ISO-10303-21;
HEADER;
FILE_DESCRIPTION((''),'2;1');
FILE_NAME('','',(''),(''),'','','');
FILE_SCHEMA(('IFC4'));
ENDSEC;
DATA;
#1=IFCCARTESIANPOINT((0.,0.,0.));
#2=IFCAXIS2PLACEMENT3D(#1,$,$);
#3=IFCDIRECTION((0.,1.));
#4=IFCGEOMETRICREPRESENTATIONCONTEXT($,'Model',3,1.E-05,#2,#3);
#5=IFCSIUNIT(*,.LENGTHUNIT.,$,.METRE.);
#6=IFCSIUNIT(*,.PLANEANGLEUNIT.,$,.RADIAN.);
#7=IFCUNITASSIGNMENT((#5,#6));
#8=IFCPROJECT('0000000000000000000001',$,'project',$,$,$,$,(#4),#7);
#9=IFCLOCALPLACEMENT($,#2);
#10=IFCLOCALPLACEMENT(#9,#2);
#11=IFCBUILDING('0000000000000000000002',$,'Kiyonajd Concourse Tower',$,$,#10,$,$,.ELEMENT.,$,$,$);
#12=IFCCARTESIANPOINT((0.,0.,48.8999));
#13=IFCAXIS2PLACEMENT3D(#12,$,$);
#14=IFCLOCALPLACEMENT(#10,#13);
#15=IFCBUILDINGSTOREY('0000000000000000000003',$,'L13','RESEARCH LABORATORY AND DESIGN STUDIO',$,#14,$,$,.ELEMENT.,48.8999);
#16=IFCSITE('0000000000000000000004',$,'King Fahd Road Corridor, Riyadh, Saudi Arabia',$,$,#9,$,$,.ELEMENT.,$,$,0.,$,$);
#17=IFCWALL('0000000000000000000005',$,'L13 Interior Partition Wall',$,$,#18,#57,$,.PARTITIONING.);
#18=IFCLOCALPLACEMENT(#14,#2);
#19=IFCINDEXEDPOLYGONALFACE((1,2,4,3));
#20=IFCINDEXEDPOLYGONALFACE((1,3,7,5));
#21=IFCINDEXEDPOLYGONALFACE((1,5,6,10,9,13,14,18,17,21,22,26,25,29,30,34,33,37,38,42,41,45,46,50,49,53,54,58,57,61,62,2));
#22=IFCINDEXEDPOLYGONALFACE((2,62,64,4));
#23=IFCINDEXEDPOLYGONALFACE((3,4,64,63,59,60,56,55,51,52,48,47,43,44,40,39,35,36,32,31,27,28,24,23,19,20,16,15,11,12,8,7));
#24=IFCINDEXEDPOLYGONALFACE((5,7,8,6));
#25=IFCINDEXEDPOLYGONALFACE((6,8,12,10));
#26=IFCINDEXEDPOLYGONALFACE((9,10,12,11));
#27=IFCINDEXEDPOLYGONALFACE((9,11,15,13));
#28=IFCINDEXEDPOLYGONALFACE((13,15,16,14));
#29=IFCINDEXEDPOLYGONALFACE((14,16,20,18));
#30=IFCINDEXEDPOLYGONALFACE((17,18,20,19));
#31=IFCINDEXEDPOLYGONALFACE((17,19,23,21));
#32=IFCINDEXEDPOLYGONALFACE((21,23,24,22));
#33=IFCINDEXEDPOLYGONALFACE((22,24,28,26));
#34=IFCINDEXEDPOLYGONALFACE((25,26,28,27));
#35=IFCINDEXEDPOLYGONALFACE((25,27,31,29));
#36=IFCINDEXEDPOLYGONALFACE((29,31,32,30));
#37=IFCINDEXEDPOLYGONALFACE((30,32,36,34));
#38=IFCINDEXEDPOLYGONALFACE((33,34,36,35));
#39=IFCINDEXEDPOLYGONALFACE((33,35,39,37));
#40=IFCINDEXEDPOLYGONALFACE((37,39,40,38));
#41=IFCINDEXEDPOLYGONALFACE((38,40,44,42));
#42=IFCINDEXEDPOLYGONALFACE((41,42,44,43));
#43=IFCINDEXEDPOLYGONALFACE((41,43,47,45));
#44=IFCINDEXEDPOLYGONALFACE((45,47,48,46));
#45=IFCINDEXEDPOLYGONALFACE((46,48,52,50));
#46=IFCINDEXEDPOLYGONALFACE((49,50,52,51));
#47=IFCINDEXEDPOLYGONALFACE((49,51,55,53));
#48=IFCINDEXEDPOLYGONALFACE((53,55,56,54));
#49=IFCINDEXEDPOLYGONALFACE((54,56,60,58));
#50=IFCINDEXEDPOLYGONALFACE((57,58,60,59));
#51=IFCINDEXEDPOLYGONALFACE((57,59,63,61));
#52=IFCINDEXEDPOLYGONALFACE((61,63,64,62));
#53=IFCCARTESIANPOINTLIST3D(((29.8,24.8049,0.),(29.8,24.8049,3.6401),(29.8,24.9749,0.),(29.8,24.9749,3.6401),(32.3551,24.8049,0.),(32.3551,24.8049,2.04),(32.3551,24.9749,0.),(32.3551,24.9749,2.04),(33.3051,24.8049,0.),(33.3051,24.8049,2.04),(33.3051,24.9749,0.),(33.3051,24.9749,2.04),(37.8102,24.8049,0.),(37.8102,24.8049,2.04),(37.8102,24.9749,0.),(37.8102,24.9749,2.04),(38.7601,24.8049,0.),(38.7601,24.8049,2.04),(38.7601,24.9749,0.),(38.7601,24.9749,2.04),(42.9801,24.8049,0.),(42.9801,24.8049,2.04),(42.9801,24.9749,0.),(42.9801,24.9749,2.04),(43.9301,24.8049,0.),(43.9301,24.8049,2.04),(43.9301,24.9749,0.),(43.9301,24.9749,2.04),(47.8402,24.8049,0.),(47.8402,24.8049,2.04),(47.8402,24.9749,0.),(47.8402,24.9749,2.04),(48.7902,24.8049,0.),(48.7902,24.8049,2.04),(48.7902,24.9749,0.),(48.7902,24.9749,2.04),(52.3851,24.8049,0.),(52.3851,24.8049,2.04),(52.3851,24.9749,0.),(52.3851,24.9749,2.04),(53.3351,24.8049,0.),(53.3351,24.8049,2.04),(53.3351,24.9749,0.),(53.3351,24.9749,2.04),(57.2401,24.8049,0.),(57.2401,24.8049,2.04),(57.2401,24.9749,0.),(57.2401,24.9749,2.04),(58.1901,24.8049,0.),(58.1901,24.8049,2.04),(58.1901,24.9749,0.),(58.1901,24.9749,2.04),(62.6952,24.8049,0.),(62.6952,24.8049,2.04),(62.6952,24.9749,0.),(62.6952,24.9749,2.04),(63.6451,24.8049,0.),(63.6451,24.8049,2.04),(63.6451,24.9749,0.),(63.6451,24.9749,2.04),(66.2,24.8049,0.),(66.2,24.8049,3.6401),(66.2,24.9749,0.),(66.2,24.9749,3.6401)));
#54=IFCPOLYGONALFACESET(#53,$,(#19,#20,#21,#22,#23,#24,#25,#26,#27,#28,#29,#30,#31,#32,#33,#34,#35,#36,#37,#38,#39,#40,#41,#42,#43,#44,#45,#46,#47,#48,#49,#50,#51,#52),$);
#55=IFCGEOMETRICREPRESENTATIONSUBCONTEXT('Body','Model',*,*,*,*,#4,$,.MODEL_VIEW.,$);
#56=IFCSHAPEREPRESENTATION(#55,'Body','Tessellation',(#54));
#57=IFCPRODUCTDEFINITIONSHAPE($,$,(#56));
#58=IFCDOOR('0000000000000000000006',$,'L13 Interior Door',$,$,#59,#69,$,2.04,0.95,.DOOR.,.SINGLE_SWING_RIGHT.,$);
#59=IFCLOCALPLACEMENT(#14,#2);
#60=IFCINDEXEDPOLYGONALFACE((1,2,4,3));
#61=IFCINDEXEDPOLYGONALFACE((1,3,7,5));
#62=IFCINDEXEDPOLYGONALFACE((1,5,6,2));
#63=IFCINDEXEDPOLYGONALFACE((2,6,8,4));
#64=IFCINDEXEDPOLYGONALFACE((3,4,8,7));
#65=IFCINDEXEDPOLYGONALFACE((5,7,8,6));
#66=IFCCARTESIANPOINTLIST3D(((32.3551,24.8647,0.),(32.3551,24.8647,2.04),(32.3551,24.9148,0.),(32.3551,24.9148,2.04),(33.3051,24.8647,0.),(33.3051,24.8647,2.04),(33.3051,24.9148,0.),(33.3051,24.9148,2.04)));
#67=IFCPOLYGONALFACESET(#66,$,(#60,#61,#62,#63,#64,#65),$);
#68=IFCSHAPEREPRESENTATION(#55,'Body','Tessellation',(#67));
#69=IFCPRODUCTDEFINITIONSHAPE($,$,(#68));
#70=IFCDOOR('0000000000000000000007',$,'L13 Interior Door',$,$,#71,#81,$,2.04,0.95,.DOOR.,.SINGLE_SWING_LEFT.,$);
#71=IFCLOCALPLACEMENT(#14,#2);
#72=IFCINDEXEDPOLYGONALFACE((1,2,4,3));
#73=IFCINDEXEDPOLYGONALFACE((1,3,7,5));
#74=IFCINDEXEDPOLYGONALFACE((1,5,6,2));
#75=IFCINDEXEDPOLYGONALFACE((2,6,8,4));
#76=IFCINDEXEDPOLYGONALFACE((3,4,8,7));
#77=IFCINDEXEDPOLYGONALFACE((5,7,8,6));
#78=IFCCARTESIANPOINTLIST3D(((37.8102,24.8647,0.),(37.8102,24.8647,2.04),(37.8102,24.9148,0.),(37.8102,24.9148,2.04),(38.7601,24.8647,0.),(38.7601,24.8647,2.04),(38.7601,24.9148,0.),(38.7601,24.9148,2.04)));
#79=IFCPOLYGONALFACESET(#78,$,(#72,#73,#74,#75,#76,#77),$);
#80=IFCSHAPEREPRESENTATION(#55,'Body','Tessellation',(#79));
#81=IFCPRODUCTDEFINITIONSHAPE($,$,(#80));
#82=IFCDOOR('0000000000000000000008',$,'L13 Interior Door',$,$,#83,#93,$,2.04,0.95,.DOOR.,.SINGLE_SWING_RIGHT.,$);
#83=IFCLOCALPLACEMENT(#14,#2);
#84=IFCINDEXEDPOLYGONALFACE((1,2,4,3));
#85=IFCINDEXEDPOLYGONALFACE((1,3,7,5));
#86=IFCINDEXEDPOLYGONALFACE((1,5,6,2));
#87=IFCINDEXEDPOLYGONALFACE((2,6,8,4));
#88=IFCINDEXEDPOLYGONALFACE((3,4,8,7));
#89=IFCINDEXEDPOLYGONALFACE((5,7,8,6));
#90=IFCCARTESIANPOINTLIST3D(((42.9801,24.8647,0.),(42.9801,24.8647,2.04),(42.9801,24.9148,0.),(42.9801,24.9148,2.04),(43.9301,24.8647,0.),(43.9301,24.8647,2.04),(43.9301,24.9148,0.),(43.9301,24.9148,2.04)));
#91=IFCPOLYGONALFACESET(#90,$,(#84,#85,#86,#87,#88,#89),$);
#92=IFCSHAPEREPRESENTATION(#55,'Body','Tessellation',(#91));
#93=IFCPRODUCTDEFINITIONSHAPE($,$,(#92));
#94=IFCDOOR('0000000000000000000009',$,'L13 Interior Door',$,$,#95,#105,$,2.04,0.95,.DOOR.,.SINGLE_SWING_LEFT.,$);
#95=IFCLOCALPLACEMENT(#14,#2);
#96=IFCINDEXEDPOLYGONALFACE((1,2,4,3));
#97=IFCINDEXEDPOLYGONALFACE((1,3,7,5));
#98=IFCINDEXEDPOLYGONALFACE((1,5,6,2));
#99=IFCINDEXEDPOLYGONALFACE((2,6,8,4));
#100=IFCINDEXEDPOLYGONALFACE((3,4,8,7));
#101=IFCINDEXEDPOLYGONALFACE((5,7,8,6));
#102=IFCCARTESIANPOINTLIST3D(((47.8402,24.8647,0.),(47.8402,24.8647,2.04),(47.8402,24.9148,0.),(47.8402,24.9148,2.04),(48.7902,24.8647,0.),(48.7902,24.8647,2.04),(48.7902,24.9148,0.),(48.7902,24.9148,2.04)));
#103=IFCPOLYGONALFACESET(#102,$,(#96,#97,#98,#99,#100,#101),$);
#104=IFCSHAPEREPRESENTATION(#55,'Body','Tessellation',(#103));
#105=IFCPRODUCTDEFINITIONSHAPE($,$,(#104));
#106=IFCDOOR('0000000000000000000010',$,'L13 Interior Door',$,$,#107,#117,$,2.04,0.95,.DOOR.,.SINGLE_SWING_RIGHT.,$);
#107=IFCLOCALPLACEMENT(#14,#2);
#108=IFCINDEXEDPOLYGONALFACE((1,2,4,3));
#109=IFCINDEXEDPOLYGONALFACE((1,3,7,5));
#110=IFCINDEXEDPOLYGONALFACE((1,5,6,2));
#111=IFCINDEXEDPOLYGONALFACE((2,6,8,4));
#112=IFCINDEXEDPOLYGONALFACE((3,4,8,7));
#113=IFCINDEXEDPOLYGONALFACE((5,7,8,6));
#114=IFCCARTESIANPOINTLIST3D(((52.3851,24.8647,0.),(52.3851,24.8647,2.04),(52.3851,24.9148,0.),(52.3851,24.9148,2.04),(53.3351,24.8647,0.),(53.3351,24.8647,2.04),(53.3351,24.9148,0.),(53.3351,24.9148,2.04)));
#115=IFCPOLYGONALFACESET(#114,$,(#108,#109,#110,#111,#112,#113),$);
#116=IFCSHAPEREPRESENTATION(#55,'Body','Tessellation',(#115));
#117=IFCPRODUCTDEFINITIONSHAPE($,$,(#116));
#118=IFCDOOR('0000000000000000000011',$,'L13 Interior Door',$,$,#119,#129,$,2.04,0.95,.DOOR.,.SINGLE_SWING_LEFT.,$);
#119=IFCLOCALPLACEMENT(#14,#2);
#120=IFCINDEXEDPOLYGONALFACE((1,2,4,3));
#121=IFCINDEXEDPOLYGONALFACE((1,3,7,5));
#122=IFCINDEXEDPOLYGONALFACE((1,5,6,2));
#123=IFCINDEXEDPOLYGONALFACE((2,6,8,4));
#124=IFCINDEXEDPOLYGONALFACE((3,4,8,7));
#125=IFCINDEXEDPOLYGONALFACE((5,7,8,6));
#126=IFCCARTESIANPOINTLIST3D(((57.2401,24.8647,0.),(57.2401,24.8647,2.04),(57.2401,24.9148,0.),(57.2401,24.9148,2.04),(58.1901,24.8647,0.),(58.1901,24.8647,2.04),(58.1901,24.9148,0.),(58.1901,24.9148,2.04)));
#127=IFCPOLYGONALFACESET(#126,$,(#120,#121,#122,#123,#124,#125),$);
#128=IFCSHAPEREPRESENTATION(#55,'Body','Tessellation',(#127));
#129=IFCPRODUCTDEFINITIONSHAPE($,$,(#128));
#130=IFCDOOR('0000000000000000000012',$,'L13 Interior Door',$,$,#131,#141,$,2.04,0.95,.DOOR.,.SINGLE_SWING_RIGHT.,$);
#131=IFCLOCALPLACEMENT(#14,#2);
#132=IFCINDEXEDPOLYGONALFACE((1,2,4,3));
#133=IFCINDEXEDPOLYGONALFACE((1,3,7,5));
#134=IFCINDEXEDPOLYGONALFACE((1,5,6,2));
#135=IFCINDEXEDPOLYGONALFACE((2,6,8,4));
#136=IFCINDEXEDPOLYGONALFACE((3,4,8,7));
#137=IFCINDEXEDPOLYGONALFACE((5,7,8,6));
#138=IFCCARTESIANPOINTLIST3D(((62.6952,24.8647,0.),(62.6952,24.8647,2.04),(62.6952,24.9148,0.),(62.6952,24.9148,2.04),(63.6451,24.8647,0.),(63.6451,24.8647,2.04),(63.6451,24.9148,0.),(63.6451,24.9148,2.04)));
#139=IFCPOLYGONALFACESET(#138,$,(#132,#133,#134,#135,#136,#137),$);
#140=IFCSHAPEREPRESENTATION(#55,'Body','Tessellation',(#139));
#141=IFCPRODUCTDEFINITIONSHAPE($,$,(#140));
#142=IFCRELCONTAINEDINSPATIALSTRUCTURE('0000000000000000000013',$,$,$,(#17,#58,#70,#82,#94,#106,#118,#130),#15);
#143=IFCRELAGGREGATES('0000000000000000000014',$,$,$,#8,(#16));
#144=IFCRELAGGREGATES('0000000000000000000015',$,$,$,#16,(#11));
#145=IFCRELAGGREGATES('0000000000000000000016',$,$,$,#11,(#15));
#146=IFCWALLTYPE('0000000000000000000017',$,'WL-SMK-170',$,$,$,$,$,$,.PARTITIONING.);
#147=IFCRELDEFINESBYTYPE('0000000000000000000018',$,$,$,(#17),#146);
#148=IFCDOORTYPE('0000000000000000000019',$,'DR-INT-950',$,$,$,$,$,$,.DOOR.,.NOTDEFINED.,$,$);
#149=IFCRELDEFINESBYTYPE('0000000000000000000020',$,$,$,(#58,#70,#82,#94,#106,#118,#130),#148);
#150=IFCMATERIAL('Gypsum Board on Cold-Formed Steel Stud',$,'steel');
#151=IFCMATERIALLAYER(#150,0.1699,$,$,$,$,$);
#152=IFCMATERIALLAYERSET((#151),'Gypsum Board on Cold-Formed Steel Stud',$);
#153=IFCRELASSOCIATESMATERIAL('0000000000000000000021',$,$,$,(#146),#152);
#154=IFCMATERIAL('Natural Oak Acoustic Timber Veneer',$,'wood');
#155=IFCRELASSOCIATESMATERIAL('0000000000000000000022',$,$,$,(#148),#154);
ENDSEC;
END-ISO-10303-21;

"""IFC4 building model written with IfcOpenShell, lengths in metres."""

from ifc_helpers import new_model, si_unit, direction, frame, frame_2d, origin, place, context, subcontext, project, spatial, rectangle, extrude, material, layer, layer_set, type_object, element, fill, save


model = new_model("IFC4")

# Units and contexts
model_context = context("Model", 3, precision=1e-05, world=origin(), true_north=direction((0.0, 1.0)))
body_context = subcontext(model_context, "Body", "Model", "MODEL_VIEW")
ifc_project = project(units=[si_unit("LENGTHUNIT", "METRE"), si_unit("PLANEANGLEUNIT", "RADIAN")], contexts=[model_context])

# Site, building, storey
site_placement = place(None, origin())
site = spatial("IfcSite", under=ifc_project, at=site_placement, Name="King Fahd Road Corridor, Riyadh, Saudi Arabia", CompositionType="ELEMENT", RefElevation=0.0)
building_placement = place(site_placement, origin())
building = spatial("IfcBuilding", under=site, at=building_placement, Name="Kiyonajd Concourse Tower", CompositionType="ELEMENT")
storey_placement = place(building_placement, frame((0.0, 0.0, 48.8999)))
storey = spatial("IfcBuildingStorey", under=building, at=storey_placement, Name="L13", Description="RESEARCH LABORATORY AND DESIGN STUDIO", CompositionType="ELEMENT", Elevation=48.8999)

# Wall, openings, doors
ifc_material_1 = material(Name="Gypsum Board on Cold-Formed Steel Stud", Category="steel")
ifc_layer_1 = layer(ifc_material_1, 0.1699)
ifc_layer_set_1 = layer_set([ifc_layer_1], Name="Gypsum Board on Cold-Formed Steel Stud")
wall_type_1 = type_object("IfcWallType", Name="WL-SMK-170", PredefinedType="PARTITIONING", material=ifc_layer_set_1)
wall_1_placement = place(storey_placement, frame((29.8, 24.8899, 0.0), z_axis=(0.0, 0.0, 1.0), x_axis=(1.0, 0.0, 0.0)))
wall_1 = element("IfcWall", 1, at=wall_1_placement, inside=storey, type_object=wall_type_1, Name="L13 Interior Partition Wall", PredefinedType="PARTITIONING", context=body_context, shape_type="SweptSolid", body=[
    extrude(rectangle(XDim=36.3999, YDim=0.1699, at=frame_2d((18.2, 0.0))), origin(), (0.0, 0.0, 1.0), 3.6401),
])
opening_1_placement = place(wall_1_placement, frame((2.5549, 0.0, 0.0)))
opening_1 = element("IfcOpeningElement", 2, at=opening_1_placement, cuts=wall_1, PredefinedType="OPENING", context=body_context, shape_type="SweptSolid", body=[
    extrude(rectangle(XDim=0.95, YDim=2.04, at=frame_2d((0.4751, 1.02))), frame((0.0, 0.095, 0.0), z_axis=(0.0, -1.0, 0.0), x_axis=(1.0, 0.0, 0.0)), (0.0, 0.0, 1.0), 0.1899),
])
opening_2_placement = place(wall_1_placement, frame((8.01, 0.0, 0.0)))
opening_2 = element("IfcOpeningElement", 3, at=opening_2_placement, cuts=wall_1, PredefinedType="OPENING", context=body_context, shape_type="SweptSolid", body=[
    extrude(rectangle(XDim=0.95, YDim=2.04, at=frame_2d((0.4751, 1.02))), frame((0.0, 0.095, 0.0), z_axis=(0.0, -1.0, 0.0), x_axis=(1.0, 0.0, 0.0)), (0.0, 0.0, 1.0), 0.1899),
])
opening_3_placement = place(wall_1_placement, frame((13.1799, 0.0, 0.0)))
opening_3 = element("IfcOpeningElement", 4, at=opening_3_placement, cuts=wall_1, PredefinedType="OPENING", context=body_context, shape_type="SweptSolid", body=[
    extrude(rectangle(XDim=0.95, YDim=2.04, at=frame_2d((0.4751, 1.02))), frame((0.0, 0.095, 0.0), z_axis=(0.0, -1.0, 0.0), x_axis=(1.0, 0.0, 0.0)), (0.0, 0.0, 1.0), 0.1899),
])
opening_4_placement = place(wall_1_placement, frame((18.04, 0.0, 0.0)))
opening_4 = element("IfcOpeningElement", 5, at=opening_4_placement, cuts=wall_1, PredefinedType="OPENING", context=body_context, shape_type="SweptSolid", body=[
    extrude(rectangle(XDim=0.95, YDim=2.04, at=frame_2d((0.4751, 1.02))), frame((0.0, 0.095, 0.0), z_axis=(0.0, -1.0, 0.0), x_axis=(1.0, 0.0, 0.0)), (0.0, 0.0, 1.0), 0.1899),
])
opening_5_placement = place(wall_1_placement, frame((22.585, 0.0, 0.0)))
opening_5 = element("IfcOpeningElement", 6, at=opening_5_placement, cuts=wall_1, PredefinedType="OPENING", context=body_context, shape_type="SweptSolid", body=[
    extrude(rectangle(XDim=0.95, YDim=2.04, at=frame_2d((0.4751, 1.02))), frame((0.0, 0.095, 0.0), z_axis=(0.0, -1.0, 0.0), x_axis=(1.0, 0.0, 0.0)), (0.0, 0.0, 1.0), 0.1899),
])
opening_6_placement = place(wall_1_placement, frame((27.4399, 0.0, 0.0)))
opening_6 = element("IfcOpeningElement", 7, at=opening_6_placement, cuts=wall_1, PredefinedType="OPENING", context=body_context, shape_type="SweptSolid", body=[
    extrude(rectangle(XDim=0.95, YDim=2.04, at=frame_2d((0.4751, 1.02))), frame((0.0, 0.095, 0.0), z_axis=(0.0, -1.0, 0.0), x_axis=(1.0, 0.0, 0.0)), (0.0, 0.0, 1.0), 0.1899),
])
opening_7_placement = place(wall_1_placement, frame((32.895, 0.0, 0.0)))
opening_7 = element("IfcOpeningElement", 8, at=opening_7_placement, cuts=wall_1, PredefinedType="OPENING", context=body_context, shape_type="SweptSolid", body=[
    extrude(rectangle(XDim=0.95, YDim=2.04, at=frame_2d((0.4751, 1.02))), frame((0.0, 0.095, 0.0), z_axis=(0.0, -1.0, 0.0), x_axis=(1.0, 0.0, 0.0)), (0.0, 0.0, 1.0), 0.1899),
])
ifc_material_2 = material(Name="Natural Oak Acoustic Timber Veneer", Category="wood")
door_type_1 = type_object("IfcDoorType", Name="DR-INT-950", OperationType="NOTDEFINED", PredefinedType="DOOR", material=ifc_material_2)
door_1_placement = place(opening_1_placement, origin())
door_1 = element("IfcDoor", 9, at=door_1_placement, inside=storey, type_object=door_type_1, Name="L13 Interior Door", OperationType="SINGLE_SWING_RIGHT", OverallHeight=2.04, OverallWidth=0.95, PredefinedType="DOOR", context=body_context, shape_type="SweptSolid", body=[
    extrude(rectangle(XDim=0.95, YDim=2.04, at=frame_2d((0.4751, 1.02))), frame((0.0, 0.0249, 0.0), z_axis=(0.0, -1.0, 0.0), x_axis=(1.0, 0.0, 0.0)), (0.0, 0.0, 1.0), 0.05),
])
fill(opening_1, door_1)
door_2_placement = place(opening_2_placement, origin())
door_2 = element("IfcDoor", 10, at=door_2_placement, inside=storey, type_object=door_type_1, Name="L13 Interior Door", OperationType="SINGLE_SWING_LEFT", OverallHeight=2.04, OverallWidth=0.95, PredefinedType="DOOR", context=body_context, shape_type="SweptSolid", body=[
    extrude(rectangle(XDim=0.95, YDim=2.04, at=frame_2d((0.4751, 1.02))), frame((0.0, 0.0249, 0.0), z_axis=(0.0, -1.0, 0.0), x_axis=(1.0, 0.0, 0.0)), (0.0, 0.0, 1.0), 0.05),
])
fill(opening_2, door_2)
door_3_placement = place(opening_3_placement, origin())
door_3 = element("IfcDoor", 11, at=door_3_placement, inside=storey, type_object=door_type_1, Name="L13 Interior Door", OperationType="SINGLE_SWING_RIGHT", OverallHeight=2.04, OverallWidth=0.95, PredefinedType="DOOR", context=body_context, shape_type="SweptSolid", body=[
    extrude(rectangle(XDim=0.95, YDim=2.04, at=frame_2d((0.4751, 1.02))), frame((0.0, 0.0249, 0.0), z_axis=(0.0, -1.0, 0.0), x_axis=(1.0, 0.0, 0.0)), (0.0, 0.0, 1.0), 0.05),
])
fill(opening_3, door_3)
door_4_placement = place(opening_4_placement, origin())
door_4 = element("IfcDoor", 12, at=door_4_placement, inside=storey, type_object=door_type_1, Name="L13 Interior Door", OperationType="SINGLE_SWING_LEFT", OverallHeight=2.04, OverallWidth=0.95, PredefinedType="DOOR", context=body_context, shape_type="SweptSolid", body=[
    extrude(rectangle(XDim=0.95, YDim=2.04, at=frame_2d((0.4751, 1.02))), frame((0.0, 0.0249, 0.0), z_axis=(0.0, -1.0, 0.0), x_axis=(1.0, 0.0, 0.0)), (0.0, 0.0, 1.0), 0.05),
])
fill(opening_4, door_4)
door_5_placement = place(opening_5_placement, origin())
door_5 = element("IfcDoor", 13, at=door_5_placement, inside=storey, type_object=door_type_1, Name="L13 Interior Door", OperationType="SINGLE_SWING_RIGHT", OverallHeight=2.04, OverallWidth=0.95, PredefinedType="DOOR", context=body_context, shape_type="SweptSolid", body=[
    extrude(rectangle(XDim=0.95, YDim=2.04, at=frame_2d((0.4751, 1.02))), frame((0.0, 0.0249, 0.0), z_axis=(0.0, -1.0, 0.0), x_axis=(1.0, 0.0, 0.0)), (0.0, 0.0, 1.0), 0.05),
])
fill(opening_5, door_5)
door_6_placement = place(opening_6_placement, origin())
door_6 = element("IfcDoor", 14, at=door_6_placement, inside=storey, type_object=door_type_1, Name="L13 Interior Door", OperationType="SINGLE_SWING_LEFT", OverallHeight=2.04, OverallWidth=0.95, PredefinedType="DOOR", context=body_context, shape_type="SweptSolid", body=[
    extrude(rectangle(XDim=0.95, YDim=2.04, at=frame_2d((0.4751, 1.02))), frame((0.0, 0.0249, 0.0), z_axis=(0.0, -1.0, 0.0), x_axis=(1.0, 0.0, 0.0)), (0.0, 0.0, 1.0), 0.05),
])
fill(opening_6, door_6)
door_7_placement = place(opening_7_placement, origin())
door_7 = element("IfcDoor", 15, at=door_7_placement, inside=storey, type_object=door_type_1, Name="L13 Interior Door", OperationType="SINGLE_SWING_RIGHT", OverallHeight=2.04, OverallWidth=0.95, PredefinedType="DOOR", context=body_context, shape_type="SweptSolid", body=[
    extrude(rectangle(XDim=0.95, YDim=2.04, at=frame_2d((0.4751, 1.02))), frame((0.0, 0.0249, 0.0), z_axis=(0.0, -1.0, 0.0), x_axis=(1.0, 0.0, 0.0)), (0.0, 0.0, 1.0), 0.05),
])
fill(opening_7, door_7)

save(model, "model.ifc")
